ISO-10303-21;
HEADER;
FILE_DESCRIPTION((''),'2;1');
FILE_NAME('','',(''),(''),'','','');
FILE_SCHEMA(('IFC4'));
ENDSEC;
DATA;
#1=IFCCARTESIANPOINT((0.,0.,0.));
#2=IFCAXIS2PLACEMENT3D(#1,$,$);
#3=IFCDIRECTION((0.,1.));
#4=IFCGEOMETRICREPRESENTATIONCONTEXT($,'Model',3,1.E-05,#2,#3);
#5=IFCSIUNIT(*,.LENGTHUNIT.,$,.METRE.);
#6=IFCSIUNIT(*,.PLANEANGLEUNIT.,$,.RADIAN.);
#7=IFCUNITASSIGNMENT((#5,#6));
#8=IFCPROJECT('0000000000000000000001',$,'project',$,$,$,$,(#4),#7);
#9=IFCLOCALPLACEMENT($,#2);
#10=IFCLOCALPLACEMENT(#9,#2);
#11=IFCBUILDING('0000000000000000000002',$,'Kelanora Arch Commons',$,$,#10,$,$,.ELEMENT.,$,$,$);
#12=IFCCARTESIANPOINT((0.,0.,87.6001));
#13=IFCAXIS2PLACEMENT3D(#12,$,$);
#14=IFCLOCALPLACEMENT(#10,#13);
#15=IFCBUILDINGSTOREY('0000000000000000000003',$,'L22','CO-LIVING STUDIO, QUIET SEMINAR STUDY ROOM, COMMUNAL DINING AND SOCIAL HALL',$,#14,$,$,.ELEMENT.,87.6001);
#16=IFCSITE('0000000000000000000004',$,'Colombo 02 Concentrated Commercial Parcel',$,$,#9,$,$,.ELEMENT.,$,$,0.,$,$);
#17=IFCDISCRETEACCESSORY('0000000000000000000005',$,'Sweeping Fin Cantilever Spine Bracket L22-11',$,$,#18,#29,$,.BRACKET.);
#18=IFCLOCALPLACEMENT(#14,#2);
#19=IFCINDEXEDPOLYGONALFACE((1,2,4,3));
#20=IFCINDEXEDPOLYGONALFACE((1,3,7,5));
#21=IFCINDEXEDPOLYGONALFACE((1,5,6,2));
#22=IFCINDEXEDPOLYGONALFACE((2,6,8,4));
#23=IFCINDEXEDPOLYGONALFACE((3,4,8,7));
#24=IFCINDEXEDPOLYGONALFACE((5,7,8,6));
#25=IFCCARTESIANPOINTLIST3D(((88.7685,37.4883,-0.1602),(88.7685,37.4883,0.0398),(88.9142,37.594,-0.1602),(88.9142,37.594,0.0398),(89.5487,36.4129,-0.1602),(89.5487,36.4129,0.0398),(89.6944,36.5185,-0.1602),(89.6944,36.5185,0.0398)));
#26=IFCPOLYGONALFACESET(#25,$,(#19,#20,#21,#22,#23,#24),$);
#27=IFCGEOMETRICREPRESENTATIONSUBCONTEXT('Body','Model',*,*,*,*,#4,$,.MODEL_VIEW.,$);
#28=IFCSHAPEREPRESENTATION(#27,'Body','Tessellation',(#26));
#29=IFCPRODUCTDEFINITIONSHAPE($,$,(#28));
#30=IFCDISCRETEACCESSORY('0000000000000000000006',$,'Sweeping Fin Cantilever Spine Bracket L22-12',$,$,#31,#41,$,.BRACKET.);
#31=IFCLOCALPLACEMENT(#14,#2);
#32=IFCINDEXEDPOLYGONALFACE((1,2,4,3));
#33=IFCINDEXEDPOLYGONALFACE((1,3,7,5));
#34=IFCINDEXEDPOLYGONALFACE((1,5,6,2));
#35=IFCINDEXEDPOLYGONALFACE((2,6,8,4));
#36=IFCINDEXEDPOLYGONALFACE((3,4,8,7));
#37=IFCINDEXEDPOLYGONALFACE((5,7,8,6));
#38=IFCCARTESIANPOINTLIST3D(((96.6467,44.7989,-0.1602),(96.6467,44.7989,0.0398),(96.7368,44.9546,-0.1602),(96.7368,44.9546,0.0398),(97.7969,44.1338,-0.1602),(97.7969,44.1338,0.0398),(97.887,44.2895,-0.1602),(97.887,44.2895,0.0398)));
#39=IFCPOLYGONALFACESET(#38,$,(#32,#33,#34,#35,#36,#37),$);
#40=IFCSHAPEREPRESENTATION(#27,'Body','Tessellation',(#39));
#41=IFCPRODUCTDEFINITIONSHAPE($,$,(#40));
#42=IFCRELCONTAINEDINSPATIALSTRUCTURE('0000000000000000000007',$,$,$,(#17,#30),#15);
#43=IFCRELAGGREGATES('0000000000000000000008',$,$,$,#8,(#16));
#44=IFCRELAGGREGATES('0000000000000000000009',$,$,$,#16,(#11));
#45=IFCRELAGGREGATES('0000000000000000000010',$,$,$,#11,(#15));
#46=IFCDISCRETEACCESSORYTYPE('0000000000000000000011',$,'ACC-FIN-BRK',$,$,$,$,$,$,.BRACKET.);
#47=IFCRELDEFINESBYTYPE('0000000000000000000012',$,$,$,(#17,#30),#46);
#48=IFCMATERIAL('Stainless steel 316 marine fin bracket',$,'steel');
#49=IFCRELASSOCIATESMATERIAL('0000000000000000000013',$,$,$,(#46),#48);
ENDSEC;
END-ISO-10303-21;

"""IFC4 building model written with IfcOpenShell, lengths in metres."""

from ifc_helpers import new_model, si_unit, direction, frame, origin, origin_2d, place, context, subcontext, project, spatial, rectangle, extrude, source, transform, mapped, material, type_object, element, save


model = new_model("IFC4")

# Units and contexts
model_context = context("Model", 3, precision=1e-05, world=origin(), true_north=direction((0.0, 1.0)))
body_context = subcontext(model_context, "Body", "Model", "MODEL_VIEW")
ifc_project = project(units=[si_unit("LENGTHUNIT", "METRE"), si_unit("PLANEANGLEUNIT", "RADIAN")], contexts=[model_context])

# Site, building, storey
site_placement = place(None, origin())
site = spatial("IfcSite", under=ifc_project, at=site_placement, Name="Colombo 02 Concentrated Commercial Parcel", CompositionType="ELEMENT", RefElevation=0.0)
building_placement = place(site_placement, origin())
building = spatial("IfcBuilding", under=site, at=building_placement, Name="Kelanora Arch Commons", CompositionType="ELEMENT")
storey_placement = place(building_placement, frame((0.0, 0.0, 87.6001)))
storey = spatial("IfcBuildingStorey", under=building, at=storey_placement, Name="L22", Description="CO-LIVING STUDIO, QUIET SEMINAR STUDY ROOM, COMMUNAL DINING AND SOCIAL HALL", CompositionType="ELEMENT", Elevation=87.6001)

# Discrete accessories
ifc_material_1 = material(Name="Stainless steel 316 marine fin bracket", Category="steel")
discrete_accessory_type = type_object("IfcDiscreteAccessoryType", Name="ACC-FIN-BRK", PredefinedType="BRACKET", material=ifc_material_1)
shared_shape_1 = source(origin(), body_context, "Body", "SweptSolid", [
    extrude(rectangle(XDim=1.3286, YDim=0.1799, at=origin_2d()), origin(), (0.0, 0.0, 1.0), 0.2),
])
for number, where, z_axis, x_axis, name in (
    (1, (89.2314, 37.0034, -0.1602), (0.0, 0.0, 1.0), (0.58722, -0.809427, 0.0), "Sweeping Fin Cantilever Spine Bracket L22-11"),
    (2, (97.2668, 44.5442, -0.1602), (0.0, 0.0, 1.0), (0.865676, -0.500604, 0.0), "Sweeping Fin Cantilever Spine Bracket L22-12"),
):
    element("IfcDiscreteAccessory", number, at=place(storey_placement, frame(where, z_axis=z_axis, x_axis=x_axis)), inside=storey, type_object=discrete_accessory_type, Name=name, PredefinedType="BRACKET", context=body_context, shape_type="MappedRepresentation", body=[
        mapped(shared_shape_1, transform((0.0, 0.0, 0.0), scale=1.0)),
    ])

save(model, "model.ifc")
